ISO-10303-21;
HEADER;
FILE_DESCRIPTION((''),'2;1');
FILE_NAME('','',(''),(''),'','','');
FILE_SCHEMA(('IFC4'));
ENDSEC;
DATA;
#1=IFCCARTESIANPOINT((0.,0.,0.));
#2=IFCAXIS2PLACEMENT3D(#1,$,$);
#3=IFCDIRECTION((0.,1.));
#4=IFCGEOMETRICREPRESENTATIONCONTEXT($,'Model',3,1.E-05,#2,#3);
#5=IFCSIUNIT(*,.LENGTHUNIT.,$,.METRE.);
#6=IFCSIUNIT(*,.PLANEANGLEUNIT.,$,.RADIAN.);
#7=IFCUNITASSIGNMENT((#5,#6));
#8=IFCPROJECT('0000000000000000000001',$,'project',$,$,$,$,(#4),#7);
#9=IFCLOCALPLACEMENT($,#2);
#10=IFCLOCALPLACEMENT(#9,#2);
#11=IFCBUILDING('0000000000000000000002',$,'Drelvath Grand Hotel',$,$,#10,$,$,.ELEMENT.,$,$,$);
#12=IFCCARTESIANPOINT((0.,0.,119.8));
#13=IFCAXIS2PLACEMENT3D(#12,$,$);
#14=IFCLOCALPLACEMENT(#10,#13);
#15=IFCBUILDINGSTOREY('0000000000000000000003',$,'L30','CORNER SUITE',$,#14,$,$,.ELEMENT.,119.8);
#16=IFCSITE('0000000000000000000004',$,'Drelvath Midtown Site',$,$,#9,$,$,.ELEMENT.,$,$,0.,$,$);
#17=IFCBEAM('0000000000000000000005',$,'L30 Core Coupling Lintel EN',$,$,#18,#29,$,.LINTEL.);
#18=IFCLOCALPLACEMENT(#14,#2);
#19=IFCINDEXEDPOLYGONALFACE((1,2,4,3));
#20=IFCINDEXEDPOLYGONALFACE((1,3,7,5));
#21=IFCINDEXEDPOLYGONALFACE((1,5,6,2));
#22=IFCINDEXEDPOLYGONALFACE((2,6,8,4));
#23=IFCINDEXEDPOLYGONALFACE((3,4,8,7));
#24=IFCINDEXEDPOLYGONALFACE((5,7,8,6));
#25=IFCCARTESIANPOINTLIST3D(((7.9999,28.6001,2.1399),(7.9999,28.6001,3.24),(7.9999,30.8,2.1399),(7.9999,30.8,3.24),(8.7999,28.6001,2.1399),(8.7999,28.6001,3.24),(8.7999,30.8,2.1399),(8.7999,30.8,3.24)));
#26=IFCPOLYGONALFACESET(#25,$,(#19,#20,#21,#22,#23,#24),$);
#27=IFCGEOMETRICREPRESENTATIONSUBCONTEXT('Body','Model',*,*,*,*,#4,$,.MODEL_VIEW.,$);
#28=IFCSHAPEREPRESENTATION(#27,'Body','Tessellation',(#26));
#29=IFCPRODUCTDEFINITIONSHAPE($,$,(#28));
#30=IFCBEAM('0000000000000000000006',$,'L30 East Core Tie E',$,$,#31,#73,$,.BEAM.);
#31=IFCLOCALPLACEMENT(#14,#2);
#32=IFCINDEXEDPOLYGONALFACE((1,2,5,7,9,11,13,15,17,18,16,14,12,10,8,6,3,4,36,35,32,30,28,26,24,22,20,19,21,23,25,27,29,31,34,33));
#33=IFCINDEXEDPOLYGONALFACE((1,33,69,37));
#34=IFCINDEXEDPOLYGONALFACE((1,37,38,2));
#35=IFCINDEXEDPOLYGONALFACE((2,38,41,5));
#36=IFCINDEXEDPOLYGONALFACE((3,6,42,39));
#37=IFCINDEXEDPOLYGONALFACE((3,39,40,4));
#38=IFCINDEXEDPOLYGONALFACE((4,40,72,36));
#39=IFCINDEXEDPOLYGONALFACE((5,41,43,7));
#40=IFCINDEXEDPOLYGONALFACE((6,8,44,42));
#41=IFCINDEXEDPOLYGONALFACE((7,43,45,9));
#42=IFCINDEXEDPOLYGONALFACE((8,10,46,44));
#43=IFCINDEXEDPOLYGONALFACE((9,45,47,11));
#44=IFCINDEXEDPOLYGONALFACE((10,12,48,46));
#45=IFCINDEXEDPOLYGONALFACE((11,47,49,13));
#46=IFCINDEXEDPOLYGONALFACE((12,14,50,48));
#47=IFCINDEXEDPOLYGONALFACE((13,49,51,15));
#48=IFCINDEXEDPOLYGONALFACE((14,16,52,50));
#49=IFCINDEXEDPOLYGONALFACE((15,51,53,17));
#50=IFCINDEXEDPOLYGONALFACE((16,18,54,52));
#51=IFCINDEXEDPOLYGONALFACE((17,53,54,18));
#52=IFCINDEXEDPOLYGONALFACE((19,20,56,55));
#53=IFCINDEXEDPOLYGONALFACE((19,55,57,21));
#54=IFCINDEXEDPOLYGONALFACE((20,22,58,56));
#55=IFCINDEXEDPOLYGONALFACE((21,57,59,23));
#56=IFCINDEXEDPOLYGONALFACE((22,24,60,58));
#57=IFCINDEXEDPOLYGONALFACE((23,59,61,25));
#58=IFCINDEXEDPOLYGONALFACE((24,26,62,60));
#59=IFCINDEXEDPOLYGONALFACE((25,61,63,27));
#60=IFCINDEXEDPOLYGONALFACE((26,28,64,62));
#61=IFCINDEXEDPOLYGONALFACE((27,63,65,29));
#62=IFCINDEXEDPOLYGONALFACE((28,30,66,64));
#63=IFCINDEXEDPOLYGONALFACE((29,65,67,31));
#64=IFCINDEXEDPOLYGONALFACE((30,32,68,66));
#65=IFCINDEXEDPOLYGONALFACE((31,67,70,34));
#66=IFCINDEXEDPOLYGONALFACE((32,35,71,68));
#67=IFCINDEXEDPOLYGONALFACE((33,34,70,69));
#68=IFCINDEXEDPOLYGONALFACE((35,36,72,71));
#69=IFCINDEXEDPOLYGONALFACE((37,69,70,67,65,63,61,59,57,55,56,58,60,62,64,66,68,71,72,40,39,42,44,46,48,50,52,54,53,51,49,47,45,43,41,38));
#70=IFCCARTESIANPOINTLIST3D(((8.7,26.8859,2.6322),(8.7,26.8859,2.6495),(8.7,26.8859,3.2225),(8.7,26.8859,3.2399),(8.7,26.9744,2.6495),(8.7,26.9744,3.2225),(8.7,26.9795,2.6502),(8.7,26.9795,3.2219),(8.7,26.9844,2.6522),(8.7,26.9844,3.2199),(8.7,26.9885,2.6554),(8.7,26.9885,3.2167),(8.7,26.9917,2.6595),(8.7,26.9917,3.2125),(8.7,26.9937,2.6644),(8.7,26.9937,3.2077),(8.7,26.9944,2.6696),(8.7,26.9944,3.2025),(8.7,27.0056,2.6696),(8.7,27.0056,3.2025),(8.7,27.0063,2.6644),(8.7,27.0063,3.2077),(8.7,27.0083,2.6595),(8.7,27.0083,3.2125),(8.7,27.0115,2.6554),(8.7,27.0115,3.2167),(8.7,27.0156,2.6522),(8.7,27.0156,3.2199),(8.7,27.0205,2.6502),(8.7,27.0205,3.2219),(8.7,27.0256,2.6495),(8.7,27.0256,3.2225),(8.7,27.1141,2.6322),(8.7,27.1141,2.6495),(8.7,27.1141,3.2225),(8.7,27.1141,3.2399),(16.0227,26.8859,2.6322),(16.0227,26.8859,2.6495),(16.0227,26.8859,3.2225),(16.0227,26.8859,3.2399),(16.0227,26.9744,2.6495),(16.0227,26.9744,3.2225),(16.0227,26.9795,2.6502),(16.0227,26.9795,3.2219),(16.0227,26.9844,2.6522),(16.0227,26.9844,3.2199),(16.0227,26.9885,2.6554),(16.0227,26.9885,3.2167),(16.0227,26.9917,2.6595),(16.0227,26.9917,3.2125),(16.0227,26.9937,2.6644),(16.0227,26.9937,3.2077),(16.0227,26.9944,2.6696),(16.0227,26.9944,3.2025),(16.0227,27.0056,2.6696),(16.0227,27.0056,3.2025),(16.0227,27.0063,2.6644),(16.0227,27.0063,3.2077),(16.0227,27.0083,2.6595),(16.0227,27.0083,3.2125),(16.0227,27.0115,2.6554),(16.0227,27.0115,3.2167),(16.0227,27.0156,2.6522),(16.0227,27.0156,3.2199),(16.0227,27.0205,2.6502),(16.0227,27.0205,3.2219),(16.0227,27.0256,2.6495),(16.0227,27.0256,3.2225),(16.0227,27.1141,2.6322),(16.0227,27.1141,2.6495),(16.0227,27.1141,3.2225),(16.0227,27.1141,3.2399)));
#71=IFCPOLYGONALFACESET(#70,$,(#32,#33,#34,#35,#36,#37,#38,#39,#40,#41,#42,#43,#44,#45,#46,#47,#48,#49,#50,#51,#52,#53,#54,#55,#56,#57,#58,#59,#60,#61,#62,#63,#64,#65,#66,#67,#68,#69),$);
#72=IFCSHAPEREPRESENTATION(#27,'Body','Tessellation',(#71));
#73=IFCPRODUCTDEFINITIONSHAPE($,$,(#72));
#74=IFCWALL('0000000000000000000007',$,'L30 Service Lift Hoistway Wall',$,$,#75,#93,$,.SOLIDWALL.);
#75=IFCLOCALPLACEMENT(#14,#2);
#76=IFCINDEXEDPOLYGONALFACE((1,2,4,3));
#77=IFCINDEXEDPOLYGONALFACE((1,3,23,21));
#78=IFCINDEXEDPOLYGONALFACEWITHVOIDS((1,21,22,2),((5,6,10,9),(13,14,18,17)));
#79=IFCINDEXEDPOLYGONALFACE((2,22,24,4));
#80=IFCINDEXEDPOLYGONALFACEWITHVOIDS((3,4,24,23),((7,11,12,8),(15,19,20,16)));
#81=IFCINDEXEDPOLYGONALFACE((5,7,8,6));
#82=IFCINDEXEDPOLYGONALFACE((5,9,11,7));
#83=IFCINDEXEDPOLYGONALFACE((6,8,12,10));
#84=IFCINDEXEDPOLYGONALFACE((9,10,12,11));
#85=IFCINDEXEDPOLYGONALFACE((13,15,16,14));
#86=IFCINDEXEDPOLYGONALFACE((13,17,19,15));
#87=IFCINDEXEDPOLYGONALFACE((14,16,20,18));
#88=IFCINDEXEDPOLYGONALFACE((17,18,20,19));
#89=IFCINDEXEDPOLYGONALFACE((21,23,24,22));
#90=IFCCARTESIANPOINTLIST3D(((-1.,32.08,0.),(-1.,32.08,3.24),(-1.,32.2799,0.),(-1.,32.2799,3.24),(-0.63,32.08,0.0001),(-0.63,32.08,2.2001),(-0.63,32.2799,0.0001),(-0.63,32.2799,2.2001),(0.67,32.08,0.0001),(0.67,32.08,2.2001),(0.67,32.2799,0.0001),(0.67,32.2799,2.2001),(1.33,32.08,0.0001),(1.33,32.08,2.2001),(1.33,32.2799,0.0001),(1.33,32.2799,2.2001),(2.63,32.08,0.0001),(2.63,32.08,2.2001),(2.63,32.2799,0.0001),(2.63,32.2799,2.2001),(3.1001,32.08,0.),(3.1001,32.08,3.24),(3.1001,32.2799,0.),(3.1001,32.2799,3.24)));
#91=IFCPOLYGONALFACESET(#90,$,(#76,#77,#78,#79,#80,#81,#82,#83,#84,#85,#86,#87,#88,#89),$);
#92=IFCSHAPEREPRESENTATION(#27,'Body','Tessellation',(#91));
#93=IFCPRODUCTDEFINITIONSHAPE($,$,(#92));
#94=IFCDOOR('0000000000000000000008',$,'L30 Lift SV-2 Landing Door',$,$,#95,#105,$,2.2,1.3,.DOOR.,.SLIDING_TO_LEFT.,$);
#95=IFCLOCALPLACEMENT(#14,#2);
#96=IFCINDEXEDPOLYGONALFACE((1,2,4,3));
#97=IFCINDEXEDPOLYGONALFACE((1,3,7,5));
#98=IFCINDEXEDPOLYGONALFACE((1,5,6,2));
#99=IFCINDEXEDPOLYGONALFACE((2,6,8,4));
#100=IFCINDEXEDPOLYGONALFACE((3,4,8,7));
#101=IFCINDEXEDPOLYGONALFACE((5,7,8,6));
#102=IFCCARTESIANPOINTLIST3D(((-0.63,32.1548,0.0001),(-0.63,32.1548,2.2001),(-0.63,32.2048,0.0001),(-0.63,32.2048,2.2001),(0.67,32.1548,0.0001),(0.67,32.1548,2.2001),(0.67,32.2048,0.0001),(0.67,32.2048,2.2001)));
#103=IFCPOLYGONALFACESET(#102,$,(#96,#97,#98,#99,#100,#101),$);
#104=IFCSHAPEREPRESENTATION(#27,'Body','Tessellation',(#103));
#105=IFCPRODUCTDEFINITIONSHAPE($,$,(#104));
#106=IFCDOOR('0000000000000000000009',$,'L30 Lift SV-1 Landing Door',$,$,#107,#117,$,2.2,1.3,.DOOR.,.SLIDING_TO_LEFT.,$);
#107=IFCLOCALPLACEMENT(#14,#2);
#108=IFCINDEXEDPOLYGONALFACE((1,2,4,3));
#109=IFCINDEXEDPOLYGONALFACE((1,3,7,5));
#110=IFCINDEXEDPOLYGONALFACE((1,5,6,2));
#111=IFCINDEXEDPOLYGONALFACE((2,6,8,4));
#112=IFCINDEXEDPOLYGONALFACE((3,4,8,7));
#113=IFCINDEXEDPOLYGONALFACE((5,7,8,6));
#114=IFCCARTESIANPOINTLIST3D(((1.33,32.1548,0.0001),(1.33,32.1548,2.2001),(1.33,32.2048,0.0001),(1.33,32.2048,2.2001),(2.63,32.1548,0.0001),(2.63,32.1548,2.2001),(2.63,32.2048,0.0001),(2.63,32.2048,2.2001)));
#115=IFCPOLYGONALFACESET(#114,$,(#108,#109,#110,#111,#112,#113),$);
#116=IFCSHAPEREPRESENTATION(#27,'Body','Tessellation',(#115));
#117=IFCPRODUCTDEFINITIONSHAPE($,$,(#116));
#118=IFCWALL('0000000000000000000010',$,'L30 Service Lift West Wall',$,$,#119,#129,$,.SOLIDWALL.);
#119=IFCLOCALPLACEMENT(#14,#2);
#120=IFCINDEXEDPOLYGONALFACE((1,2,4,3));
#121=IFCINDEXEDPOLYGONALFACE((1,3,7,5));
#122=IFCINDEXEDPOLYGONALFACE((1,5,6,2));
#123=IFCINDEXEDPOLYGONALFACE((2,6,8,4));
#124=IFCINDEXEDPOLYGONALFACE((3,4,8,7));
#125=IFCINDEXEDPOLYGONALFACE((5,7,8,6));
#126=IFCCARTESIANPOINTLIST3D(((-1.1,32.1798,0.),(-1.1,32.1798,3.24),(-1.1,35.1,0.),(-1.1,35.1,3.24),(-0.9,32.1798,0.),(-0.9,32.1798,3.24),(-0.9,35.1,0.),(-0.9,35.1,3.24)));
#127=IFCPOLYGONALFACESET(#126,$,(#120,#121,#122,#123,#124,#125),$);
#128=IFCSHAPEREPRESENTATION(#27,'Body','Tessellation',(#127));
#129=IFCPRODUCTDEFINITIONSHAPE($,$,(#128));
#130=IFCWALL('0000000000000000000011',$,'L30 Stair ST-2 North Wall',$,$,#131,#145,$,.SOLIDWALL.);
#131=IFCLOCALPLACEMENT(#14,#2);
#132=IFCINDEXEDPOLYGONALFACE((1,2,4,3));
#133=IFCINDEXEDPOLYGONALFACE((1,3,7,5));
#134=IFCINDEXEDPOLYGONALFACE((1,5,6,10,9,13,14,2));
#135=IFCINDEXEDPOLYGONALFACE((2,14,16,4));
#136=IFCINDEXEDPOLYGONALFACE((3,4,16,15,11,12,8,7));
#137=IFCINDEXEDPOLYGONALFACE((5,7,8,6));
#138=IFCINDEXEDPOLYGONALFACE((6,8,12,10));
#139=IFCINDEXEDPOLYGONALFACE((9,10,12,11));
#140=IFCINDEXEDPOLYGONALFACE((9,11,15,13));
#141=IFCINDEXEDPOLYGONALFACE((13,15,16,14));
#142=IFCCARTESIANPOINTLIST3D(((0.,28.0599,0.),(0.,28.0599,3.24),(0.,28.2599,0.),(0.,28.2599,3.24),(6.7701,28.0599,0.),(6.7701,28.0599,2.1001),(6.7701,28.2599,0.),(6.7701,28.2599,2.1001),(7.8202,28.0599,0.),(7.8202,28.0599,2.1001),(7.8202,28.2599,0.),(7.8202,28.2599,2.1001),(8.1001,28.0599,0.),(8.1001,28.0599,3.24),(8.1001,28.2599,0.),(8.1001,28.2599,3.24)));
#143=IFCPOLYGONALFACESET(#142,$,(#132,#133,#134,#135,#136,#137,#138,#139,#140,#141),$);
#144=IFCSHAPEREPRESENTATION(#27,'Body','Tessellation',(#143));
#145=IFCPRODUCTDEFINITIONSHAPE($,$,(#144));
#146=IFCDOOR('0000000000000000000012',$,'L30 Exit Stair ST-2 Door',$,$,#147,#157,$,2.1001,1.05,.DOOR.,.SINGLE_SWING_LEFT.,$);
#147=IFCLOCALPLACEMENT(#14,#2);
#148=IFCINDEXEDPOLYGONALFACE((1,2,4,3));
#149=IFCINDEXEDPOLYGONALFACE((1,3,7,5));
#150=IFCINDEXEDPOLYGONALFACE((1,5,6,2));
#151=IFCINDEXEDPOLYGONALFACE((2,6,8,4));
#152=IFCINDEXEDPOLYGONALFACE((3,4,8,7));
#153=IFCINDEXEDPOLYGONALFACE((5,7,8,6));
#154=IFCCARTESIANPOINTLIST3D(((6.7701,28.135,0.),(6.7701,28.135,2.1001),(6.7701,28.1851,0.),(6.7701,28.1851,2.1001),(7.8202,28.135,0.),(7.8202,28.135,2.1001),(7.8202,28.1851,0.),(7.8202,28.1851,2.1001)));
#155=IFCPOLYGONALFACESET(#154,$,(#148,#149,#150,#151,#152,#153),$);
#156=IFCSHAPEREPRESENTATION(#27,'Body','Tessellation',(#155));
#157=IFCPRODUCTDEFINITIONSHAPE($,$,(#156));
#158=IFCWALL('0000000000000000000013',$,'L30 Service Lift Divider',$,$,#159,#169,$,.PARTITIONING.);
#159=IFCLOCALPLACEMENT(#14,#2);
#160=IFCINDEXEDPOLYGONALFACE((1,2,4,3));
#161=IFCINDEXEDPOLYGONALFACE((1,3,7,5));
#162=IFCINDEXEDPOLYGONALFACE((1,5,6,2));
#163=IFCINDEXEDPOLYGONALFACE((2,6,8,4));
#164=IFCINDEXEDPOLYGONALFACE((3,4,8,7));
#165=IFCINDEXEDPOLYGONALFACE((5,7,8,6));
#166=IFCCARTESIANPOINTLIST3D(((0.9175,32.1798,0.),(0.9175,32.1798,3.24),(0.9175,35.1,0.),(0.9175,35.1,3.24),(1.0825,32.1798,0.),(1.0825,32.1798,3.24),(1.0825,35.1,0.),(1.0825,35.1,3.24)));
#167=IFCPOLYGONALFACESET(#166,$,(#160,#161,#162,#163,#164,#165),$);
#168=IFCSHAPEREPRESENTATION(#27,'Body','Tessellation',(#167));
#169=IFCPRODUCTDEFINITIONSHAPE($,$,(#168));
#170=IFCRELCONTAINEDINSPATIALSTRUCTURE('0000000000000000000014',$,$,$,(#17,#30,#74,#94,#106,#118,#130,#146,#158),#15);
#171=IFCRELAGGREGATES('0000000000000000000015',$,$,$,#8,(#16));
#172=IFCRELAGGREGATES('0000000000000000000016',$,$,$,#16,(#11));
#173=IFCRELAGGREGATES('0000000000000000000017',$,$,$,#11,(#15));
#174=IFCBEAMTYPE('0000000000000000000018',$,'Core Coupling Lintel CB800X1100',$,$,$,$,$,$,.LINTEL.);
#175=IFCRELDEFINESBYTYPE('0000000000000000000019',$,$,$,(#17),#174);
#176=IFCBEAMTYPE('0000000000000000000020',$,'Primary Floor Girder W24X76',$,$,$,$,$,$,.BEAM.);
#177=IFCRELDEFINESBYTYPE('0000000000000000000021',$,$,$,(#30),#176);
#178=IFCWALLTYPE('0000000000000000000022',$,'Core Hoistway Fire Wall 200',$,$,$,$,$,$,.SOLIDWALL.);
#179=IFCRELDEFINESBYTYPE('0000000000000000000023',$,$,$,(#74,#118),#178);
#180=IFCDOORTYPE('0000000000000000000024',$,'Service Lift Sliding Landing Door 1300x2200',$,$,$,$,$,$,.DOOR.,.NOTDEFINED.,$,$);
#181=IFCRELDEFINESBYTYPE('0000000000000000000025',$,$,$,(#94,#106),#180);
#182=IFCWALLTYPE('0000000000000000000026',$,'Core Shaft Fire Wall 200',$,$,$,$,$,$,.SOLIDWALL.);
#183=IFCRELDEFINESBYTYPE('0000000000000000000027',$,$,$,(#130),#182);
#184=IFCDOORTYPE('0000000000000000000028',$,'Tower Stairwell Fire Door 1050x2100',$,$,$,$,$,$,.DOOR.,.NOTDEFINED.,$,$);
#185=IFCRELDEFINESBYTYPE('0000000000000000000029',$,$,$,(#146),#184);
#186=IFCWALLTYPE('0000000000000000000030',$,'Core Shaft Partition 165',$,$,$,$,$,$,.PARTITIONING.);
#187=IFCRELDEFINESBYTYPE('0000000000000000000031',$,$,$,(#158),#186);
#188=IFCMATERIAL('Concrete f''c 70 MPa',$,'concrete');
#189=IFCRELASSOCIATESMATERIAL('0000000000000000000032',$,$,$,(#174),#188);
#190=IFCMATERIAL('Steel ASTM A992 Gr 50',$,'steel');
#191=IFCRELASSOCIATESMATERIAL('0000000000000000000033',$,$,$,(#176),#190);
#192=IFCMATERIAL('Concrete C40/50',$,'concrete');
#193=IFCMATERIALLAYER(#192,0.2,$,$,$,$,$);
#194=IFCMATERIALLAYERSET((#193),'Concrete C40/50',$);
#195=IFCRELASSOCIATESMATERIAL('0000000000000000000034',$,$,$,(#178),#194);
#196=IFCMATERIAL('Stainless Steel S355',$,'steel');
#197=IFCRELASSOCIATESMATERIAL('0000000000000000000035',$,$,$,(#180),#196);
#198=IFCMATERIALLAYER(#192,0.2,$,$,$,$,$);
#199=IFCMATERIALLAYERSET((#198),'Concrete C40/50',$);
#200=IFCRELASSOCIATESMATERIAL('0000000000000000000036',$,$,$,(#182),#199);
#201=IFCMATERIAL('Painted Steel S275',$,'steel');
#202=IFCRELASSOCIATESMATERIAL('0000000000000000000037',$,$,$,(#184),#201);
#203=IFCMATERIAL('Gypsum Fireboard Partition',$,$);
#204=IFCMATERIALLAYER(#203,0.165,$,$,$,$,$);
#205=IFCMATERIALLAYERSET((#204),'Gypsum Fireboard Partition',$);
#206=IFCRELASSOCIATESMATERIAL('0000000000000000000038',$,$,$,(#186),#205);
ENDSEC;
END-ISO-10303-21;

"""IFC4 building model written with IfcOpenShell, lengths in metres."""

from ifc_helpers import new_model, si_unit, direction, frame, frame_2d, origin, origin_2d, place, context, subcontext, project, spatial, rectangle, i_section, extrude, material, layer, layer_set, material_profile, profile_set, type_object, element, fill, save


model = new_model("IFC4")

# Units and contexts
model_context = context("Model", 3, precision=1e-05, world=origin(), true_north=direction((0.0, 1.0)))
body_context = subcontext(model_context, "Body", "Model", "MODEL_VIEW")
ifc_project = project(units=[si_unit("LENGTHUNIT", "METRE"), si_unit("PLANEANGLEUNIT", "RADIAN")], contexts=[model_context])

# Site, building, storey
site_placement = place(None, origin())
site = spatial("IfcSite", under=ifc_project, at=site_placement, Name="Drelvath Midtown Site", CompositionType="ELEMENT", RefElevation=0.0)
building_placement = place(site_placement, origin())
building = spatial("IfcBuilding", under=site, at=building_placement, Name="Drelvath Grand Hotel", CompositionType="ELEMENT")
storey_placement = place(building_placement, frame((0.0, 0.0, 119.8)))
storey = spatial("IfcBuildingStorey", under=building, at=storey_placement, Name="L30", Description="CORNER SUITE", CompositionType="ELEMENT", Elevation=119.8)

# Beams
ifc_material_1 = material(Name="Concrete f'c 70 MPa", Category="concrete")
ifc_material_profile_1 = material_profile(ifc_material_1, rectangle(XDim=0.8, YDim=1.1001, at=origin_2d()), Name="CB800X1100")
ifc_profile_set_1 = profile_set([ifc_material_profile_1], Name="Concrete f'c 70 MPa")
beam_type_1 = type_object("IfcBeamType", Name="Core Coupling Lintel CB800X1100", PredefinedType="LINTEL", material=ifc_profile_set_1)
beam_1_placement = place(storey_placement, frame((8.3999, 28.6001, 2.6899), z_axis=(0.0, 1.0, 0.0), x_axis=(-1.0, 0.0, 0.0)))
element("IfcBeam", 1, at=beam_1_placement, inside=storey, type_object=beam_type_1, Name="L30 Core Coupling Lintel EN", PredefinedType="LINTEL", context=body_context, shape_type="SweptSolid", body=[
    extrude(rectangle(XDim=0.8, YDim=1.1001, at=origin_2d()), origin(), (0.0, 0.0, 1.0), 2.2),
])
ifc_material_2 = material(Name="Steel ASTM A992 Gr 50", Category="steel")
ifc_material_profile_2 = material_profile(ifc_material_2, i_section(OverallWidth=0.2283, OverallDepth=0.6077, WebThickness=0.0112, FlangeThickness=0.0173, FilletRadius=0.02, at=origin_2d()), Name="W24X76")
ifc_profile_set_2 = profile_set([ifc_material_profile_2], Name="Steel ASTM A992 Gr 50")
beam_type_2 = type_object("IfcBeamType", Name="Primary Floor Girder W24X76", PredefinedType="BEAM", material=ifc_profile_set_2)
beam_2_placement = place(storey_placement, frame((8.7, 27.0, 2.936), z_axis=(1.0, 0.0, 0.0), x_axis=(0.0, 1.0, 0.0)))
element("IfcBeam", 2, at=beam_2_placement, inside=storey, type_object=beam_type_2, Name="L30 East Core Tie E", PredefinedType="BEAM", context=body_context, shape_type="SweptSolid", body=[
    extrude(i_section(OverallWidth=0.2283, OverallDepth=0.6077, WebThickness=0.0112, FlangeThickness=0.0173, FilletRadius=0.02, at=origin_2d()), origin(), (0.0, 0.0, 1.0), 7.3228),
])

# Wall, openings, doors
ifc_material_3 = material(Name="Concrete C40/50", Category="concrete")
ifc_layer_1 = layer(ifc_material_3, 0.2)
ifc_layer_set_1 = layer_set([ifc_layer_1], Name="Concrete C40/50")
wall_type_1 = type_object("IfcWallType", Name="Core Hoistway Fire Wall 200", PredefinedType="SOLIDWALL", material=ifc_layer_set_1)
wall_1_placement = place(storey_placement, frame((-1.0, 32.1799, 0.0), z_axis=(0.0, 0.0, 1.0), x_axis=(1.0, 0.0, 0.0)))
wall_1 = element("IfcWall", 3, at=wall_1_placement, inside=storey, type_object=wall_type_1, Name="L30 Service Lift Hoistway Wall", PredefinedType="SOLIDWALL", context=body_context, shape_type="SweptSolid", body=[
    extrude(rectangle(XDim=4.1001, YDim=0.2, at=frame_2d((2.05, 0.0))), origin(), (0.0, 0.0, 1.0), 3.24),
])
opening_1_placement = place(wall_1_placement, frame((0.3701, 0.0, 0.0)))
opening_1 = element("IfcOpeningElement", 4, at=opening_1_placement, cuts=wall_1, PredefinedType="OPENING", context=body_context, shape_type="SweptSolid", body=[
    extrude(rectangle(XDim=1.3, YDim=2.2, at=frame_2d((0.6499, 1.1001))), frame((0.0, 0.1099, 0.0), z_axis=(0.0, -1.0, 0.0), x_axis=(1.0, 0.0, 0.0)), (0.0, 0.0, 1.0), 0.22),
])
opening_2_placement = place(wall_1_placement, frame((2.3301, 0.0, 0.0)))
opening_2 = element("IfcOpeningElement", 5, at=opening_2_placement, cuts=wall_1, PredefinedType="OPENING", context=body_context, shape_type="SweptSolid", body=[
    extrude(rectangle(XDim=1.3, YDim=2.2, at=frame_2d((0.6499, 1.1001))), frame((0.0, 0.1099, 0.0), z_axis=(0.0, -1.0, 0.0), x_axis=(1.0, 0.0, 0.0)), (0.0, 0.0, 1.0), 0.22),
])
ifc_material_4 = material(Name="Stainless Steel S355", Category="steel")
door_type_1 = type_object("IfcDoorType", Name="Service Lift Sliding Landing Door 1300x2200", OperationType="NOTDEFINED", PredefinedType="DOOR", material=ifc_material_4)
door_1_placement = place(opening_1_placement, origin())
door_1 = element("IfcDoor", 6, at=door_1_placement, inside=storey, type_object=door_type_1, Name="L30 Lift SV-2 Landing Door", OperationType="SLIDING_TO_LEFT", OverallHeight=2.2, OverallWidth=1.3, PredefinedType="DOOR", context=body_context, shape_type="SweptSolid", body=[
    extrude(rectangle(XDim=1.3, YDim=2.2, at=frame_2d((0.6499, 1.1001))), frame((0.0, 0.0249, 0.0), z_axis=(0.0, -1.0, 0.0), x_axis=(1.0, 0.0, 0.0)), (0.0, 0.0, 1.0), 0.05),
])
fill(opening_1, door_1)
door_2_placement = place(opening_2_placement, origin())
door_2 = element("IfcDoor", 7, at=door_2_placement, inside=storey, type_object=door_type_1, Name="L30 Lift SV-1 Landing Door", OperationType="SLIDING_TO_LEFT", OverallHeight=2.2, OverallWidth=1.3, PredefinedType="DOOR", context=body_context, shape_type="SweptSolid", body=[
    extrude(rectangle(XDim=1.3, YDim=2.2, at=frame_2d((0.6499, 1.1001))), frame((0.0, 0.0249, 0.0), z_axis=(0.0, -1.0, 0.0), x_axis=(1.0, 0.0, 0.0)), (0.0, 0.0, 1.0), 0.05),
])
fill(opening_2, door_2)

# Wall
wall_2_placement = place(storey_placement, frame((-1.0, 32.1799, 0.0), z_axis=(0.0, 0.0, 1.0), x_axis=(0.0, 1.0, 0.0)))
element("IfcWall", 8, at=wall_2_placement, inside=storey, type_object=wall_type_1, Name="L30 Service Lift West Wall", PredefinedType="SOLIDWALL", context=body_context, shape_type="SweptSolid", body=[
    extrude(rectangle(XDim=2.9202, YDim=0.2, at=frame_2d((1.46, 0.0))), origin(), (0.0, 0.0, 1.0), 3.24),
])

# Wall, opening, door
ifc_layer_2 = layer(ifc_material_3, 0.2)
ifc_layer_set_2 = layer_set([ifc_layer_2], Name="Concrete C40/50")
wall_type_2 = type_object("IfcWallType", Name="Core Shaft Fire Wall 200", PredefinedType="SOLIDWALL", material=ifc_layer_set_2)
wall_3_placement = place(storey_placement, frame((8.1001, 28.1599, 0.0), z_axis=(0.0, 0.0, 1.0), x_axis=(-1.0, 0.0, 0.0)))
wall_3 = element("IfcWall", 9, at=wall_3_placement, inside=storey, type_object=wall_type_2, Name="L30 Stair ST-2 North Wall", PredefinedType="SOLIDWALL", context=body_context, shape_type="SweptSolid", body=[
    extrude(rectangle(XDim=8.1001, YDim=0.2, at=frame_2d((4.05, 0.0))), origin(), (0.0, 0.0, 1.0), 3.24),
])
opening_3_placement = place(wall_3_placement, frame((0.28, 0.0, 0.0)))
opening_3 = element("IfcOpeningElement", 10, at=opening_3_placement, cuts=wall_3, PredefinedType="OPENING", context=body_context, shape_type="SweptSolid", body=[
    extrude(rectangle(XDim=1.05, YDim=2.1001, at=frame_2d((0.5249, 1.05))), frame((0.0, 0.1099, 0.0), z_axis=(0.0, -1.0, 0.0), x_axis=(1.0, 0.0, 0.0)), (0.0, 0.0, 1.0), 0.22),
])
ifc_material_5 = material(Name="Painted Steel S275", Category="steel")
door_type_2 = type_object("IfcDoorType", Name="Tower Stairwell Fire Door 1050x2100", OperationType="NOTDEFINED", PredefinedType="DOOR", material=ifc_material_5)
door_3_placement = place(opening_3_placement, origin())
door_3 = element("IfcDoor", 11, at=door_3_placement, inside=storey, type_object=door_type_2, Name="L30 Exit Stair ST-2 Door", OperationType="SINGLE_SWING_LEFT", OverallHeight=2.1001, OverallWidth=1.05, PredefinedType="DOOR", context=body_context, shape_type="SweptSolid", body=[
    extrude(rectangle(XDim=1.05, YDim=2.1001, at=frame_2d((0.5249, 1.05))), frame((0.0, 0.0249, 0.0), z_axis=(0.0, -1.0, 0.0), x_axis=(1.0, 0.0, 0.0)), (0.0, 0.0, 1.0), 0.05),
])
fill(opening_3, door_3)

# Wall
ifc_material_6 = material(Name="Gypsum Fireboard Partition")
ifc_layer_3 = layer(ifc_material_6, 0.165)
ifc_layer_set_3 = layer_set([ifc_layer_3], Name="Gypsum Fireboard Partition")
wall_type_3 = type_object("IfcWallType", Name="Core Shaft Partition 165", PredefinedType="PARTITIONING", material=ifc_layer_set_3)
wall_4_placement = place(storey_placement, frame((1.0, 32.1799, 0.0), z_axis=(0.0, 0.0, 1.0), x_axis=(0.0, 1.0, 0.0)))
element("IfcWall", 12, at=wall_4_placement, inside=storey, type_object=wall_type_3, Name="L30 Service Lift Divider", PredefinedType="PARTITIONING", context=body_context, shape_type="SweptSolid", body=[
    extrude(rectangle(XDim=2.9202, YDim=0.165, at=frame_2d((1.46, 0.0))), origin(), (0.0, 0.0, 1.0), 3.24),
])

save(model, "model.ifc")
